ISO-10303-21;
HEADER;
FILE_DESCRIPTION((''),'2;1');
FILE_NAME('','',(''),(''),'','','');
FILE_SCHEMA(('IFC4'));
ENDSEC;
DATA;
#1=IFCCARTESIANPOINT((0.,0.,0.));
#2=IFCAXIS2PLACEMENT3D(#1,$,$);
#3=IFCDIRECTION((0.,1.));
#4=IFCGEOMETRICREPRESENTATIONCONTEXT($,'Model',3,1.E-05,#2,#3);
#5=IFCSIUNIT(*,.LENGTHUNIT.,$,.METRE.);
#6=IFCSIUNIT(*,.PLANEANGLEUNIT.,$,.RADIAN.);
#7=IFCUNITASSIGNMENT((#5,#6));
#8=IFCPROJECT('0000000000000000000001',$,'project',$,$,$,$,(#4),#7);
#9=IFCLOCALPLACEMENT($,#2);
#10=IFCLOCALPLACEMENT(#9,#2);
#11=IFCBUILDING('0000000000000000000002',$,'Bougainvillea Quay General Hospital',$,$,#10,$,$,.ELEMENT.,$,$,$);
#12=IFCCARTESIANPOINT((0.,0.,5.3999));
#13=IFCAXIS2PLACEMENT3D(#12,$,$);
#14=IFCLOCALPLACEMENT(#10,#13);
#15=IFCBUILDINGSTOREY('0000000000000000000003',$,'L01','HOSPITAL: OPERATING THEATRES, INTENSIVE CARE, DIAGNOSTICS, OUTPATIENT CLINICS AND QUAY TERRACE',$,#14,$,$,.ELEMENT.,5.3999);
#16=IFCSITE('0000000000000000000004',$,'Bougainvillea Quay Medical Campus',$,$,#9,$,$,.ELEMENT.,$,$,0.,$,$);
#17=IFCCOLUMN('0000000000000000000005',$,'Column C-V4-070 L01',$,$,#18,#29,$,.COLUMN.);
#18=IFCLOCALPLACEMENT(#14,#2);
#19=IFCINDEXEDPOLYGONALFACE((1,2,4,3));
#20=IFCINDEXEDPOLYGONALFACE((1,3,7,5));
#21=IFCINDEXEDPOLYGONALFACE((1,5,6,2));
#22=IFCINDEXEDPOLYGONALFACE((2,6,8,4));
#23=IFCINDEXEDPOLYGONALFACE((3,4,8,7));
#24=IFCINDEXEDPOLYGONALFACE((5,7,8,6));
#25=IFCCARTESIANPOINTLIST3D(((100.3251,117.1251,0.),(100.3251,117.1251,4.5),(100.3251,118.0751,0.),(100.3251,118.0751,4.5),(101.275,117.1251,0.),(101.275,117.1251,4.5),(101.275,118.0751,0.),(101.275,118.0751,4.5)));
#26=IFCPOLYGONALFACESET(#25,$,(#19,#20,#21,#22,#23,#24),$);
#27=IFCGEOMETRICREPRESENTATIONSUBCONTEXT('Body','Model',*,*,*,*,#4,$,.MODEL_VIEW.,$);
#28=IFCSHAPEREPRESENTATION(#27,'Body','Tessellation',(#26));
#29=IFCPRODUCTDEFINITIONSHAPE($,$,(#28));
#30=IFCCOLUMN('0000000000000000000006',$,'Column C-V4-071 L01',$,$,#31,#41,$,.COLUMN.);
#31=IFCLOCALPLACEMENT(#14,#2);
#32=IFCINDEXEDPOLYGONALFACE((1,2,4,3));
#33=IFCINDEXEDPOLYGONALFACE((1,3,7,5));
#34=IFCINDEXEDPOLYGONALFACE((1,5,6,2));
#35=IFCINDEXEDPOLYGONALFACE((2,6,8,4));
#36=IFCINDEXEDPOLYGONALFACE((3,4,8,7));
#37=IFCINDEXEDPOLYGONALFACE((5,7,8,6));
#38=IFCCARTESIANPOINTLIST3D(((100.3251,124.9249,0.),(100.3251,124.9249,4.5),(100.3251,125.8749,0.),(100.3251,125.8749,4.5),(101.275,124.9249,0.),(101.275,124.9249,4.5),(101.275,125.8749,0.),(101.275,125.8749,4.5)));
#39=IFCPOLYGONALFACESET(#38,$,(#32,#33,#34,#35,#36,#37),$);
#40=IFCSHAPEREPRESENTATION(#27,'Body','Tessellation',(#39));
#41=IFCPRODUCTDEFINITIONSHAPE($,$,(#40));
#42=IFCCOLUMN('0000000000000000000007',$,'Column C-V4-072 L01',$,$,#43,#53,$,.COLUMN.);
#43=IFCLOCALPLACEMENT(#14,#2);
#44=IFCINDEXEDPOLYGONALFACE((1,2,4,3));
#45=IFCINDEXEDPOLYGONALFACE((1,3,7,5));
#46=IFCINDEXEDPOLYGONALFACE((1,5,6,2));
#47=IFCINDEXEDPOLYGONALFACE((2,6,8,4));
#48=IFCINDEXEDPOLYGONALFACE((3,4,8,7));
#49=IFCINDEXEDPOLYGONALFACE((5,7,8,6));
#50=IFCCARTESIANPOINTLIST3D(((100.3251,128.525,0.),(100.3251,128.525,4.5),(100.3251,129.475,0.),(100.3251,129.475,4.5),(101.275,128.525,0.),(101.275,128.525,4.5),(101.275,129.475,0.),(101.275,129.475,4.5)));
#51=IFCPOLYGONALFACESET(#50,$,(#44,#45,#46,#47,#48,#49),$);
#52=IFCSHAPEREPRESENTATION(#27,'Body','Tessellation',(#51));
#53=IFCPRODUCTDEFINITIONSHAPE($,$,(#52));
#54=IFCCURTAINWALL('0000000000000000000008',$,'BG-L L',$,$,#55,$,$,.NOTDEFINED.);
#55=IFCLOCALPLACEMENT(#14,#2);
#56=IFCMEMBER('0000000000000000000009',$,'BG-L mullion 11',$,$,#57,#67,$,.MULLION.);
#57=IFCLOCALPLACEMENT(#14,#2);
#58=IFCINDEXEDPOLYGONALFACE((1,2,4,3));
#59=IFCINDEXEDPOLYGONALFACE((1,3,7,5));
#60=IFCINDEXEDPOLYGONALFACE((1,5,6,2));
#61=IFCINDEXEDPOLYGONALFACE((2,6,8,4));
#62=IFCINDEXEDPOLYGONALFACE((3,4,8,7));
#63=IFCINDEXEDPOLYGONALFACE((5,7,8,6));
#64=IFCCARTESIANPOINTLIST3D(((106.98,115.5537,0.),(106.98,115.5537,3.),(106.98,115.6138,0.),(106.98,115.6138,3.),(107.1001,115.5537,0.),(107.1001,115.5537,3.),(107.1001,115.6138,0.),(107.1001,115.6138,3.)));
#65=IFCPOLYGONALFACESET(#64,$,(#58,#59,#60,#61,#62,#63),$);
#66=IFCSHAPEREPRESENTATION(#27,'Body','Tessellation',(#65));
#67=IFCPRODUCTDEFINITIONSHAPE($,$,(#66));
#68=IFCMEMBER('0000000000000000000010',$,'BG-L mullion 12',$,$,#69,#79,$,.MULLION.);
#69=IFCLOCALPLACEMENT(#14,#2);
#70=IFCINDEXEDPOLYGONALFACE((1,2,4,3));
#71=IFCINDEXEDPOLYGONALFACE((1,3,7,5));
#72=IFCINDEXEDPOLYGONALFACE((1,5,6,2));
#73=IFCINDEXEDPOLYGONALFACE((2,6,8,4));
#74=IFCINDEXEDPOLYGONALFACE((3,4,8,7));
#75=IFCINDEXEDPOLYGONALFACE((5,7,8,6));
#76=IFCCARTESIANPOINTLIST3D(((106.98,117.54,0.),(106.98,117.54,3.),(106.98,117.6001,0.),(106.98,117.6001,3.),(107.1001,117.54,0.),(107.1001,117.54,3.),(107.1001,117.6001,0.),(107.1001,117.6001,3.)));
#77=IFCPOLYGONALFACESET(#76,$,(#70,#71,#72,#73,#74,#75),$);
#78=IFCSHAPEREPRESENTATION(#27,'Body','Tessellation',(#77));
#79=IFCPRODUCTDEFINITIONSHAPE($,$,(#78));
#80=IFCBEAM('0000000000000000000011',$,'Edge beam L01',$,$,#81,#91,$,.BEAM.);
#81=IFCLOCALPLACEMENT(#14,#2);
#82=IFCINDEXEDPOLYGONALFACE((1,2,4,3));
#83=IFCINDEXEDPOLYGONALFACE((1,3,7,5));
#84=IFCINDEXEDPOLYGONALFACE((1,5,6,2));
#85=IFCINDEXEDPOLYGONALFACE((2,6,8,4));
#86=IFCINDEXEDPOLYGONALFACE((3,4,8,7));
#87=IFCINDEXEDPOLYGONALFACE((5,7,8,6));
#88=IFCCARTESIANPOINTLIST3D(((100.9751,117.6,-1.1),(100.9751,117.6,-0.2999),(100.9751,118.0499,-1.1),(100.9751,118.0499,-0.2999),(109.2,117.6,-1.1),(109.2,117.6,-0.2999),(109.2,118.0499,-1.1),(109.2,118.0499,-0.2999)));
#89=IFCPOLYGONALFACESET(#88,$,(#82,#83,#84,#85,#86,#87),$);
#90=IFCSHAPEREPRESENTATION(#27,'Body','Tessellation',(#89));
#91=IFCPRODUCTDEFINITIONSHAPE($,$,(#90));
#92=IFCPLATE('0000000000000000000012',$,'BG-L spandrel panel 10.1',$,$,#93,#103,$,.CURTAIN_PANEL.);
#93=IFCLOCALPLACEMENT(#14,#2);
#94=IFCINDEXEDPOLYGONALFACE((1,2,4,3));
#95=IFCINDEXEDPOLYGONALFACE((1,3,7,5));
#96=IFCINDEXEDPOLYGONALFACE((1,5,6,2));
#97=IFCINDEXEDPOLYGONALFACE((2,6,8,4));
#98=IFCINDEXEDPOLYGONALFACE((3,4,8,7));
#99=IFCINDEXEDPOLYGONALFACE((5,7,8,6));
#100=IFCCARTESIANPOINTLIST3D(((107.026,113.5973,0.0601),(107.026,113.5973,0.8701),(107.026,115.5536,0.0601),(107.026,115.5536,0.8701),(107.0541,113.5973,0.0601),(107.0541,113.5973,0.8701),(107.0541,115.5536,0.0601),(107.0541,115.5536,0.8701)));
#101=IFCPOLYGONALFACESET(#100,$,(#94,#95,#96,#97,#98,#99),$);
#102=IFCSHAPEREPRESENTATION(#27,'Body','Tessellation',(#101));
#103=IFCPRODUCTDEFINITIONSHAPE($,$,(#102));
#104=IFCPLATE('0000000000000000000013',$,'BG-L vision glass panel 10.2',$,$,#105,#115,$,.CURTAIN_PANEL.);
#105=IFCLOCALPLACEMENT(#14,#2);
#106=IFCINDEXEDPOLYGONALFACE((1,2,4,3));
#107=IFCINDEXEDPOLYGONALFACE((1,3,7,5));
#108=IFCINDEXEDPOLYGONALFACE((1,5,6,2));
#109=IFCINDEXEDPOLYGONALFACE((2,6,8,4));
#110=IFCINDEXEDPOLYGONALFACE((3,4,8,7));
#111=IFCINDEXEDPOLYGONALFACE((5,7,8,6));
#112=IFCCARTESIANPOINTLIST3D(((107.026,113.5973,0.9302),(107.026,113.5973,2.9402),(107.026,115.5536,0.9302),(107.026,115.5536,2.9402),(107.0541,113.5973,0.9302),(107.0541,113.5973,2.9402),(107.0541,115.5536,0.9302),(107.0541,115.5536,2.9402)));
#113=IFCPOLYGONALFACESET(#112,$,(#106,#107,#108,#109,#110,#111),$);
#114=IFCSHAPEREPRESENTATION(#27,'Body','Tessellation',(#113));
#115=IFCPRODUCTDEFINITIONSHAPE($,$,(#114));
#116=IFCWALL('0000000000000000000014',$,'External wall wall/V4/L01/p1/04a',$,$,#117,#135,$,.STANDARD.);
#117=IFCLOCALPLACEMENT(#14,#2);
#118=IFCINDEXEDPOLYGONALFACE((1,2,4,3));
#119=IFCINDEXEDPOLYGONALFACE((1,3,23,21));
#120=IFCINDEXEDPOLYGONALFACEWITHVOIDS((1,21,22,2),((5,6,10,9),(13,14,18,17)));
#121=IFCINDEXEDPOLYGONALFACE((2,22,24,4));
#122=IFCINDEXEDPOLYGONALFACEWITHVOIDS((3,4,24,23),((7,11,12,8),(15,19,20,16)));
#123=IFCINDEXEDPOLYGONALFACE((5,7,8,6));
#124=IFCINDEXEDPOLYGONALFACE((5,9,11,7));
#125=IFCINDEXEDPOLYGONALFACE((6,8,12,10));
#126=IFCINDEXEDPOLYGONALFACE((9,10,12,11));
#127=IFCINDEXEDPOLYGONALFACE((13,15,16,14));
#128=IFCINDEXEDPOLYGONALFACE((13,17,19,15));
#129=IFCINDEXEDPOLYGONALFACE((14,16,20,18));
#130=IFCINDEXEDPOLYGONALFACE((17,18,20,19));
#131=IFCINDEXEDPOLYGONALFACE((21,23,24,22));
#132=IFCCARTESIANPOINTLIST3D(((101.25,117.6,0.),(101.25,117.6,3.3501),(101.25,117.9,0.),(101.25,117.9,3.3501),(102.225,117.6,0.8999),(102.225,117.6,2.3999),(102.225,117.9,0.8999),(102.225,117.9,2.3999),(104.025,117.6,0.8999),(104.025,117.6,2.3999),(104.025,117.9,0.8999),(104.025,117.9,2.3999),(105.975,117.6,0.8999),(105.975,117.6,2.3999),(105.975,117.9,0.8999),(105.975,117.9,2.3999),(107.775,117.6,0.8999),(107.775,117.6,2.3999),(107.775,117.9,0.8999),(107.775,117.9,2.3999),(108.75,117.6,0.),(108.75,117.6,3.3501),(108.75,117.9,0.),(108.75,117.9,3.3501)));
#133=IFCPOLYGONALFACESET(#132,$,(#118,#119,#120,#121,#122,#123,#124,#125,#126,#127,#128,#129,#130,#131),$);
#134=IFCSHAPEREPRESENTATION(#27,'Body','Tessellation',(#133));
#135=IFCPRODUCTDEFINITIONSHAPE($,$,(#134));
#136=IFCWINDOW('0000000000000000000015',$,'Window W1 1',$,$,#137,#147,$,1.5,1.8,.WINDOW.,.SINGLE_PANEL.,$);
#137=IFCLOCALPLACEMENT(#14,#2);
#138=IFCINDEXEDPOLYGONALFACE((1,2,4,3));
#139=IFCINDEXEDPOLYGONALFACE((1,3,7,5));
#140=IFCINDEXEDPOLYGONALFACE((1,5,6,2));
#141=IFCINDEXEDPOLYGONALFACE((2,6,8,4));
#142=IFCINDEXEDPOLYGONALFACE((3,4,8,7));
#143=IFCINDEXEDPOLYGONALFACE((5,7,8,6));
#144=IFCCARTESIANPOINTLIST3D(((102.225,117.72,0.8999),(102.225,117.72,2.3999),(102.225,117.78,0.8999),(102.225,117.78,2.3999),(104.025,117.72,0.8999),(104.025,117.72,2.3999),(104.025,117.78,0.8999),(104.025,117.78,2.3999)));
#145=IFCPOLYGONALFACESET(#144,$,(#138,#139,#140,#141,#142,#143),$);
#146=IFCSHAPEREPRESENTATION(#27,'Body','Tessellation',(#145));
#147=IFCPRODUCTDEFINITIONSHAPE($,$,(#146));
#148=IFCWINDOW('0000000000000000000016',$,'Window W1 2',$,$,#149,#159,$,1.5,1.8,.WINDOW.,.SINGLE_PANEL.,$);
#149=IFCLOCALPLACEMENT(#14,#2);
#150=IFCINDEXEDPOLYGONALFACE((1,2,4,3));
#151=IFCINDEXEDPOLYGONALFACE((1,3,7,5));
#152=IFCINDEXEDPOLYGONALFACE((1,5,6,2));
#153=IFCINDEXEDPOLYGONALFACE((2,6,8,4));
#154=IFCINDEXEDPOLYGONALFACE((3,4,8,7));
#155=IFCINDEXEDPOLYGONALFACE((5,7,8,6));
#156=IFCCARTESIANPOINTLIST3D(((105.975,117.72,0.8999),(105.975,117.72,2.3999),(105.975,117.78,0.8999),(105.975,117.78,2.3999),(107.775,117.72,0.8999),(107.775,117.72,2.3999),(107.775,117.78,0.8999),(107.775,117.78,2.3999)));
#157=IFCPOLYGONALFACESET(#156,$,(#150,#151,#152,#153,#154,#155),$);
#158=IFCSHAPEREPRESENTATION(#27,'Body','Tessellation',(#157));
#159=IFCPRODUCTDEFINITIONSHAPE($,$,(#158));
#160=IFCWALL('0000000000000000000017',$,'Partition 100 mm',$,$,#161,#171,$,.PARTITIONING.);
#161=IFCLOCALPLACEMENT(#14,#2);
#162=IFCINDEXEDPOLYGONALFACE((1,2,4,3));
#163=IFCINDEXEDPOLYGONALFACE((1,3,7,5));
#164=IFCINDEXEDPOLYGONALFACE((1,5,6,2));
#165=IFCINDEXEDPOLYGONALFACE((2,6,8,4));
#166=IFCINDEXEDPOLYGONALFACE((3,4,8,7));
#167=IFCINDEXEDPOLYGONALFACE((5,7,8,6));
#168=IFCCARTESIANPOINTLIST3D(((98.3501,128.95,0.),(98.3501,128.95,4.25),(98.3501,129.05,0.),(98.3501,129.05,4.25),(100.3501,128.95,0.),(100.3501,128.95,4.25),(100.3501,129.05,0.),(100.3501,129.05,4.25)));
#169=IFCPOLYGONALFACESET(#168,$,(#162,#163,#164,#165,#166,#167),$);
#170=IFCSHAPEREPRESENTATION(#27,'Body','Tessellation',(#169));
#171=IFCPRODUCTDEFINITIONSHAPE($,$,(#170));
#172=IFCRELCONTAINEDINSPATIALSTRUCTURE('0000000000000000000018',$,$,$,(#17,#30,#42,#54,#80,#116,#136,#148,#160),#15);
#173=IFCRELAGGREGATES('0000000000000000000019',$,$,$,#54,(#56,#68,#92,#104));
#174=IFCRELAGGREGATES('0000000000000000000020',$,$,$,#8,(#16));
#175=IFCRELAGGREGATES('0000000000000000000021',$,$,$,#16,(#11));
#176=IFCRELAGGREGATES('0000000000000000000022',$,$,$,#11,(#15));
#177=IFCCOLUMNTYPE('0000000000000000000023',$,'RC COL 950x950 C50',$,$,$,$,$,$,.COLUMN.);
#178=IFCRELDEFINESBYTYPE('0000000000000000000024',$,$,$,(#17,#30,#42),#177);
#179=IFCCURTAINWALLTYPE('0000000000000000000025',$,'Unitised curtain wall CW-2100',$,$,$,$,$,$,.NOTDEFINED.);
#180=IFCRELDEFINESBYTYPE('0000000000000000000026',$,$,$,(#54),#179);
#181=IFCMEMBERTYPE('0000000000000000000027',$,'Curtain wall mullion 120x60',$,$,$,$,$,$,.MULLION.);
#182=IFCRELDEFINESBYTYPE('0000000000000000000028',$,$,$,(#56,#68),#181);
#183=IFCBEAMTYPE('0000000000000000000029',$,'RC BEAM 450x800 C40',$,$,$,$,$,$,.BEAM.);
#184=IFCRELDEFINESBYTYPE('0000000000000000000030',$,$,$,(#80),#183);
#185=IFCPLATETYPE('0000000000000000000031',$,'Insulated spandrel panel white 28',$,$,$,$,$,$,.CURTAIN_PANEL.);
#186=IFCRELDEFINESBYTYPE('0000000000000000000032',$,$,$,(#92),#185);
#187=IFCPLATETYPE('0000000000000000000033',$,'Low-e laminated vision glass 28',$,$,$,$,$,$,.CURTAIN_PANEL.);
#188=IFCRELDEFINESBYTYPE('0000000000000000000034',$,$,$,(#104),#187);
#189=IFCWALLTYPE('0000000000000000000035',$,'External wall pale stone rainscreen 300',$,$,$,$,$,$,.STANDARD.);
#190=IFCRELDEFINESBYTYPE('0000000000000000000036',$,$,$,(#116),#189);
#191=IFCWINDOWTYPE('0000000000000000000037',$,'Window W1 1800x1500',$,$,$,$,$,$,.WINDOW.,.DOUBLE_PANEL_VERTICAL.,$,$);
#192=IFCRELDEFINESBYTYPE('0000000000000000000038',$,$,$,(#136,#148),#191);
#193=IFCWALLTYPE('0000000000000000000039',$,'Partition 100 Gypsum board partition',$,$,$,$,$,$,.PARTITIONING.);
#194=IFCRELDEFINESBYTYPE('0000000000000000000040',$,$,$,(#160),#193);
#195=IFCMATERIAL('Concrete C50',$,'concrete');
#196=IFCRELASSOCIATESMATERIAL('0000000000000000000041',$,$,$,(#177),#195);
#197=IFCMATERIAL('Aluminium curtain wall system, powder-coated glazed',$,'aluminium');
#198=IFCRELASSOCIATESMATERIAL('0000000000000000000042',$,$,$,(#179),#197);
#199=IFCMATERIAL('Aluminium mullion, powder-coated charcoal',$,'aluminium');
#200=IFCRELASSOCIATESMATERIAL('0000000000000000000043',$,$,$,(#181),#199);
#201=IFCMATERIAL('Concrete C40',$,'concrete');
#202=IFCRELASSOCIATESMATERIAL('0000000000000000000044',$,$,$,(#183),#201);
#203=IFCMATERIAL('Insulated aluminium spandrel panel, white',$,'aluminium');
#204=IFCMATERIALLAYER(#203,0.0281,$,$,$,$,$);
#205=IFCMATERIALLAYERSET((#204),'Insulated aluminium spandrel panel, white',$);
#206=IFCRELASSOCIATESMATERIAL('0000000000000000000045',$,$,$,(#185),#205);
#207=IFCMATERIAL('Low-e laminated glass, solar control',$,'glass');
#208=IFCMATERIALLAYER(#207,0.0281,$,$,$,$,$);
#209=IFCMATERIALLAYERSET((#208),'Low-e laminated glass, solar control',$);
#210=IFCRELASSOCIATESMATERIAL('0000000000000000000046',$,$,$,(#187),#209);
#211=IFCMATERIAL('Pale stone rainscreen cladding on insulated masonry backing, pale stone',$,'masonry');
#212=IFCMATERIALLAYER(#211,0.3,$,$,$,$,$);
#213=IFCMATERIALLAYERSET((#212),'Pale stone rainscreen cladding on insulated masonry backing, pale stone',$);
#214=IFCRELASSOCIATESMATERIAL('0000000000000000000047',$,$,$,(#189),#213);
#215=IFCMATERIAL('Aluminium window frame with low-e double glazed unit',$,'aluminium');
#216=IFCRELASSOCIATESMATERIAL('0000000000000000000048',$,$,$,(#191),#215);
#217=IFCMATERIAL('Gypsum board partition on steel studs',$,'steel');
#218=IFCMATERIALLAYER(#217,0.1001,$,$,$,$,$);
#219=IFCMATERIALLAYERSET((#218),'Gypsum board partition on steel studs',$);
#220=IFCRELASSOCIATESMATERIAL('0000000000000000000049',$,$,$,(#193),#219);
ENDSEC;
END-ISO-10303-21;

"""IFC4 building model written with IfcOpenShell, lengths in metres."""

from ifc_helpers import new_model, si_unit, direction, frame, frame_2d, origin, origin_2d, place, context, subcontext, project, spatial, rectangle, extrude, material, layer, layer_set, material_profile, profile_set, type_object, element, fill, aggregate, save


model = new_model("IFC4")

# Units and contexts
model_context = context("Model", 3, precision=1e-05, world=origin(), true_north=direction((0.0, 1.0)))
body_context = subcontext(model_context, "Body", "Model", "MODEL_VIEW")
ifc_project = project(units=[si_unit("LENGTHUNIT", "METRE"), si_unit("PLANEANGLEUNIT", "RADIAN")], contexts=[model_context])

# Site, building, storey
site_placement = place(None, origin())
site = spatial("IfcSite", under=ifc_project, at=site_placement, Name="Bougainvillea Quay Medical Campus", CompositionType="ELEMENT", RefElevation=0.0)
building_placement = place(site_placement, origin())
building = spatial("IfcBuilding", under=site, at=building_placement, Name="Bougainvillea Quay General Hospital", CompositionType="ELEMENT")
storey_placement = place(building_placement, frame((0.0, 0.0, 5.3999)))
storey = spatial("IfcBuildingStorey", under=building, at=storey_placement, Name="L01", Description="HOSPITAL: OPERATING THEATRES, INTENSIVE CARE, DIAGNOSTICS, OUTPATIENT CLINICS AND QUAY TERRACE", CompositionType="ELEMENT", Elevation=5.3999)

# Columns
ifc_material_1 = material(Name="Concrete C50", Category="concrete")
ifc_material_profile_1 = material_profile(ifc_material_1, rectangle(XDim=0.95, YDim=0.95, at=origin_2d()))
ifc_profile_set_1 = profile_set([ifc_material_profile_1], Name="Concrete C50")
column_type = type_object("IfcColumnType", Name="RC COL 950x950 C50", PredefinedType="COLUMN", material=ifc_profile_set_1)
for number, where, z_axis, x_axis, name in (
    (1, (100.8, 117.6001, 0.0), (0.0, 0.0, 1.0), (1.0, 0.0, 0.0), "Column C-V4-070 L01"),
    (2, (100.8, 125.3999, 0.0), (0.0, 0.0, 1.0), (1.0, 0.0, 0.0), "Column C-V4-071 L01"),
    (3, (100.8, 129.0, 0.0), (0.0, 0.0, 1.0), (1.0, 0.0, 0.0), "Column C-V4-072 L01"),
):
    element("IfcColumn", number, at=place(storey_placement, frame(where, z_axis=z_axis, x_axis=x_axis)), inside=storey, type_object=column_type, Name=name, PredefinedType="COLUMN", context=body_context, shape_type="SweptSolid", body=[
        extrude(rectangle(XDim=0.95, YDim=0.95, at=origin_2d()), origin(), (0.0, 0.0, 1.0), 4.5),
    ])

# Curtain wall, members
ifc_material_2 = material(Name="Aluminium curtain wall system, powder-coated glazed", Category="aluminium")
curtain_wall_type = type_object("IfcCurtainWallType", Name="Unitised curtain wall CW-2100", PredefinedType="NOTDEFINED", material=ifc_material_2)
curtain_wall_placement = place(storey_placement, origin())
curtain_wall = element("IfcCurtainWall", 4, at=curtain_wall_placement, inside=storey, type_object=curtain_wall_type, Name="BG-L L", PredefinedType="NOTDEFINED")
ifc_material_3 = material(Name="Aluminium mullion, powder-coated charcoal", Category="aluminium")
ifc_material_profile_2 = material_profile(ifc_material_3, rectangle(XDim=0.1201, YDim=0.0601, at=origin_2d()))
ifc_profile_set_2 = profile_set([ifc_material_profile_2], Name="Aluminium mullion, powder-coated charcoal")
member_type = type_object("IfcMemberType", Name="Curtain wall mullion 120x60", PredefinedType="MULLION", material=ifc_profile_set_2)
member_1_placement = place(storey_placement, frame((107.04, 115.5837, 0.0), z_axis=(0.0, 0.0, 1.0), x_axis=(-1.0, 0.0, 0.0)))
member_1 = element("IfcMember", 5, at=member_1_placement, type_object=member_type, Name="BG-L mullion 11", PredefinedType="MULLION", context=body_context, shape_type="SweptSolid", body=[
    extrude(rectangle(XDim=0.1201, YDim=0.0601, at=origin_2d()), origin(), (0.0, 0.0, 1.0), 3.0),
])
member_2_placement = place(storey_placement, frame((107.04, 117.5701, 0.0), z_axis=(0.0, 0.0, 1.0), x_axis=(-1.0, 0.0, 0.0)))
member_2 = element("IfcMember", 6, at=member_2_placement, type_object=member_type, Name="BG-L mullion 12", PredefinedType="MULLION", context=body_context, shape_type="SweptSolid", body=[
    extrude(rectangle(XDim=0.1201, YDim=0.0601, at=origin_2d()), origin(), (0.0, 0.0, 1.0), 3.0),
])

# Beam
ifc_material_4 = material(Name="Concrete C40", Category="concrete")
ifc_material_profile_3 = material_profile(ifc_material_4, rectangle(XDim=0.45, YDim=0.8, at=origin_2d()))
ifc_profile_set_3 = profile_set([ifc_material_profile_3], Name="Concrete C40")
beam_type = type_object("IfcBeamType", Name="RC BEAM 450x800 C40", PredefinedType="BEAM", material=ifc_profile_set_3)
beam_placement = place(storey_placement, frame((100.9751, 117.825, -0.7), z_axis=(1.0, 0.0, 0.0), x_axis=(0.0, 1.0, 0.0)))
element("IfcBeam", 7, at=beam_placement, inside=storey, type_object=beam_type, Name="Edge beam L01", PredefinedType="BEAM", context=body_context, shape_type="SweptSolid", body=[
    extrude(rectangle(XDim=0.45, YDim=0.8, at=origin_2d()), origin(), (0.0, 0.0, 1.0), 8.2249),
])

# Plates
ifc_material_5 = material(Name="Insulated aluminium spandrel panel, white", Category="aluminium")
ifc_layer_1 = layer(ifc_material_5, 0.0281)
ifc_layer_set_1 = layer_set([ifc_layer_1], Name="Insulated aluminium spandrel panel, white")
plate_type_1 = type_object("IfcPlateType", Name="Insulated spandrel panel white 28", PredefinedType="CURTAIN_PANEL", material=ifc_layer_set_1)
plate_1_placement = place(storey_placement, frame((107.04, 114.5754, 0.0601), z_axis=(0.0, 0.0, 1.0), x_axis=(0.0, 1.0, 0.0)))
plate_1 = element("IfcPlate", 8, at=plate_1_placement, type_object=plate_type_1, Name="BG-L spandrel panel 10.1", PredefinedType="CURTAIN_PANEL", context=body_context, shape_type="SweptSolid", body=[
    extrude(rectangle(XDim=1.9563, YDim=0.0281, at=origin_2d()), origin(), (0.0, 0.0, 1.0), 0.8101),
])
ifc_material_6 = material(Name="Low-e laminated glass, solar control", Category="glass")
ifc_layer_2 = layer(ifc_material_6, 0.0281)
ifc_layer_set_2 = layer_set([ifc_layer_2], Name="Low-e laminated glass, solar control")
plate_type_2 = type_object("IfcPlateType", Name="Low-e laminated vision glass 28", PredefinedType="CURTAIN_PANEL", material=ifc_layer_set_2)
plate_2_placement = place(storey_placement, frame((107.04, 114.5754, 0.9302), z_axis=(0.0, 0.0, 1.0), x_axis=(0.0, 1.0, 0.0)))
plate_2 = element("IfcPlate", 9, at=plate_2_placement, type_object=plate_type_2, Name="BG-L vision glass panel 10.2", PredefinedType="CURTAIN_PANEL", context=body_context, shape_type="SweptSolid", body=[
    extrude(rectangle(XDim=1.9563, YDim=0.0281, at=origin_2d()), origin(), (0.0, 0.0, 1.0), 2.01),
])
aggregate(curtain_wall, [member_1, member_2, plate_1, plate_2])

# Wall, openings, windows
ifc_material_7 = material(Name="Pale stone rainscreen cladding on insulated masonry backing, pale stone", Category="masonry")
ifc_layer_3 = layer(ifc_material_7, 0.3)
ifc_layer_set_3 = layer_set([ifc_layer_3], Name="Pale stone rainscreen cladding on insulated masonry backing, pale stone")
wall_type_1 = type_object("IfcWallType", Name="External wall pale stone rainscreen 300", PredefinedType="STANDARD", material=ifc_layer_set_3)
wall_1_placement = place(storey_placement, frame((101.25, 117.75, 0.0), z_axis=(0.0, 0.0, 1.0), x_axis=(1.0, 0.0, 0.0)))
wall_1 = element("IfcWall", 10, at=wall_1_placement, inside=storey, type_object=wall_type_1, Name="External wall wall/V4/L01/p1/04a", PredefinedType="STANDARD", context=body_context, shape_type="SweptSolid", body=[
    extrude(rectangle(XDim=7.5, YDim=0.3, at=frame_2d((3.75, 0.0))), origin(), (0.0, 0.0, 1.0), 3.3501),
])
opening_1_placement = place(wall_1_placement, frame((0.9751, 0.0, 0.8999)))
opening_1 = element("IfcOpeningElement", 11, at=opening_1_placement, cuts=wall_1, PredefinedType="OPENING", context=body_context, shape_type="SweptSolid", body=[
    extrude(rectangle(XDim=1.8, YDim=1.5, at=frame_2d((0.8999, 0.75))), frame((0.0, 0.1599, 0.0), z_axis=(0.0, -1.0, 0.0), x_axis=(1.0, 0.0, 0.0)), (0.0, 0.0, 1.0), 0.3201),
])
opening_2_placement = place(wall_1_placement, frame((4.7251, 0.0, 0.8999)))
opening_2 = element("IfcOpeningElement", 12, at=opening_2_placement, cuts=wall_1, PredefinedType="OPENING", context=body_context, shape_type="SweptSolid", body=[
    extrude(rectangle(XDim=1.8, YDim=1.5, at=frame_2d((0.8999, 0.75))), frame((0.0, 0.1599, 0.0), z_axis=(0.0, -1.0, 0.0), x_axis=(1.0, 0.0, 0.0)), (0.0, 0.0, 1.0), 0.3201),
])
ifc_material_8 = material(Name="Aluminium window frame with low-e double glazed unit", Category="aluminium")
window_type = type_object("IfcWindowType", Name="Window W1 1800x1500", PartitioningType="DOUBLE_PANEL_VERTICAL", PredefinedType="WINDOW", material=ifc_material_8)
window_1_placement = place(opening_1_placement, origin())
window_1 = element("IfcWindow", 13, at=window_1_placement, inside=storey, type_object=window_type, Name="Window W1 1", OverallHeight=1.5, OverallWidth=1.8, PartitioningType="SINGLE_PANEL", PredefinedType="WINDOW", context=body_context, shape_type="SweptSolid", body=[
    extrude(rectangle(XDim=1.8, YDim=1.5, at=frame_2d((0.8999, 0.75))), frame((0.0, 0.03, 0.0), z_axis=(0.0, -1.0, 0.0), x_axis=(1.0, 0.0, 0.0)), (0.0, 0.0, 1.0), 0.0601),
])
fill(opening_1, window_1)
window_2_placement = place(opening_2_placement, origin())
window_2 = element("IfcWindow", 14, at=window_2_placement, inside=storey, type_object=window_type, Name="Window W1 2", OverallHeight=1.5, OverallWidth=1.8, PartitioningType="SINGLE_PANEL", PredefinedType="WINDOW", context=body_context, shape_type="SweptSolid", body=[
    extrude(rectangle(XDim=1.8, YDim=1.5, at=frame_2d((0.8999, 0.75))), frame((0.0, 0.03, 0.0), z_axis=(0.0, -1.0, 0.0), x_axis=(1.0, 0.0, 0.0)), (0.0, 0.0, 1.0), 0.0601),
])
fill(opening_2, window_2)

# Wall
ifc_material_9 = material(Name="Gypsum board partition on steel studs", Category="steel")
ifc_layer_4 = layer(ifc_material_9, 0.1001)
ifc_layer_set_4 = layer_set([ifc_layer_4], Name="Gypsum board partition on steel studs")
wall_type_2 = type_object("IfcWallType", Name="Partition 100 Gypsum board partition", PredefinedType="PARTITIONING", material=ifc_layer_set_4)
wall_2_placement = place(storey_placement, frame((100.3501, 129.0, 0.0), z_axis=(0.0, 0.0, 1.0), x_axis=(-1.0, 0.0, 0.0)))
element("IfcWall", 15, at=wall_2_placement, inside=storey, type_object=wall_type_2, Name="Partition 100 mm", PredefinedType="PARTITIONING", context=body_context, shape_type="SweptSolid", body=[
    extrude(rectangle(XDim=2.0, YDim=0.1001, at=frame_2d((1.0, 0.0))), origin(), (0.0, 0.0, 1.0), 4.25),
])

save(model, "model.ifc")
